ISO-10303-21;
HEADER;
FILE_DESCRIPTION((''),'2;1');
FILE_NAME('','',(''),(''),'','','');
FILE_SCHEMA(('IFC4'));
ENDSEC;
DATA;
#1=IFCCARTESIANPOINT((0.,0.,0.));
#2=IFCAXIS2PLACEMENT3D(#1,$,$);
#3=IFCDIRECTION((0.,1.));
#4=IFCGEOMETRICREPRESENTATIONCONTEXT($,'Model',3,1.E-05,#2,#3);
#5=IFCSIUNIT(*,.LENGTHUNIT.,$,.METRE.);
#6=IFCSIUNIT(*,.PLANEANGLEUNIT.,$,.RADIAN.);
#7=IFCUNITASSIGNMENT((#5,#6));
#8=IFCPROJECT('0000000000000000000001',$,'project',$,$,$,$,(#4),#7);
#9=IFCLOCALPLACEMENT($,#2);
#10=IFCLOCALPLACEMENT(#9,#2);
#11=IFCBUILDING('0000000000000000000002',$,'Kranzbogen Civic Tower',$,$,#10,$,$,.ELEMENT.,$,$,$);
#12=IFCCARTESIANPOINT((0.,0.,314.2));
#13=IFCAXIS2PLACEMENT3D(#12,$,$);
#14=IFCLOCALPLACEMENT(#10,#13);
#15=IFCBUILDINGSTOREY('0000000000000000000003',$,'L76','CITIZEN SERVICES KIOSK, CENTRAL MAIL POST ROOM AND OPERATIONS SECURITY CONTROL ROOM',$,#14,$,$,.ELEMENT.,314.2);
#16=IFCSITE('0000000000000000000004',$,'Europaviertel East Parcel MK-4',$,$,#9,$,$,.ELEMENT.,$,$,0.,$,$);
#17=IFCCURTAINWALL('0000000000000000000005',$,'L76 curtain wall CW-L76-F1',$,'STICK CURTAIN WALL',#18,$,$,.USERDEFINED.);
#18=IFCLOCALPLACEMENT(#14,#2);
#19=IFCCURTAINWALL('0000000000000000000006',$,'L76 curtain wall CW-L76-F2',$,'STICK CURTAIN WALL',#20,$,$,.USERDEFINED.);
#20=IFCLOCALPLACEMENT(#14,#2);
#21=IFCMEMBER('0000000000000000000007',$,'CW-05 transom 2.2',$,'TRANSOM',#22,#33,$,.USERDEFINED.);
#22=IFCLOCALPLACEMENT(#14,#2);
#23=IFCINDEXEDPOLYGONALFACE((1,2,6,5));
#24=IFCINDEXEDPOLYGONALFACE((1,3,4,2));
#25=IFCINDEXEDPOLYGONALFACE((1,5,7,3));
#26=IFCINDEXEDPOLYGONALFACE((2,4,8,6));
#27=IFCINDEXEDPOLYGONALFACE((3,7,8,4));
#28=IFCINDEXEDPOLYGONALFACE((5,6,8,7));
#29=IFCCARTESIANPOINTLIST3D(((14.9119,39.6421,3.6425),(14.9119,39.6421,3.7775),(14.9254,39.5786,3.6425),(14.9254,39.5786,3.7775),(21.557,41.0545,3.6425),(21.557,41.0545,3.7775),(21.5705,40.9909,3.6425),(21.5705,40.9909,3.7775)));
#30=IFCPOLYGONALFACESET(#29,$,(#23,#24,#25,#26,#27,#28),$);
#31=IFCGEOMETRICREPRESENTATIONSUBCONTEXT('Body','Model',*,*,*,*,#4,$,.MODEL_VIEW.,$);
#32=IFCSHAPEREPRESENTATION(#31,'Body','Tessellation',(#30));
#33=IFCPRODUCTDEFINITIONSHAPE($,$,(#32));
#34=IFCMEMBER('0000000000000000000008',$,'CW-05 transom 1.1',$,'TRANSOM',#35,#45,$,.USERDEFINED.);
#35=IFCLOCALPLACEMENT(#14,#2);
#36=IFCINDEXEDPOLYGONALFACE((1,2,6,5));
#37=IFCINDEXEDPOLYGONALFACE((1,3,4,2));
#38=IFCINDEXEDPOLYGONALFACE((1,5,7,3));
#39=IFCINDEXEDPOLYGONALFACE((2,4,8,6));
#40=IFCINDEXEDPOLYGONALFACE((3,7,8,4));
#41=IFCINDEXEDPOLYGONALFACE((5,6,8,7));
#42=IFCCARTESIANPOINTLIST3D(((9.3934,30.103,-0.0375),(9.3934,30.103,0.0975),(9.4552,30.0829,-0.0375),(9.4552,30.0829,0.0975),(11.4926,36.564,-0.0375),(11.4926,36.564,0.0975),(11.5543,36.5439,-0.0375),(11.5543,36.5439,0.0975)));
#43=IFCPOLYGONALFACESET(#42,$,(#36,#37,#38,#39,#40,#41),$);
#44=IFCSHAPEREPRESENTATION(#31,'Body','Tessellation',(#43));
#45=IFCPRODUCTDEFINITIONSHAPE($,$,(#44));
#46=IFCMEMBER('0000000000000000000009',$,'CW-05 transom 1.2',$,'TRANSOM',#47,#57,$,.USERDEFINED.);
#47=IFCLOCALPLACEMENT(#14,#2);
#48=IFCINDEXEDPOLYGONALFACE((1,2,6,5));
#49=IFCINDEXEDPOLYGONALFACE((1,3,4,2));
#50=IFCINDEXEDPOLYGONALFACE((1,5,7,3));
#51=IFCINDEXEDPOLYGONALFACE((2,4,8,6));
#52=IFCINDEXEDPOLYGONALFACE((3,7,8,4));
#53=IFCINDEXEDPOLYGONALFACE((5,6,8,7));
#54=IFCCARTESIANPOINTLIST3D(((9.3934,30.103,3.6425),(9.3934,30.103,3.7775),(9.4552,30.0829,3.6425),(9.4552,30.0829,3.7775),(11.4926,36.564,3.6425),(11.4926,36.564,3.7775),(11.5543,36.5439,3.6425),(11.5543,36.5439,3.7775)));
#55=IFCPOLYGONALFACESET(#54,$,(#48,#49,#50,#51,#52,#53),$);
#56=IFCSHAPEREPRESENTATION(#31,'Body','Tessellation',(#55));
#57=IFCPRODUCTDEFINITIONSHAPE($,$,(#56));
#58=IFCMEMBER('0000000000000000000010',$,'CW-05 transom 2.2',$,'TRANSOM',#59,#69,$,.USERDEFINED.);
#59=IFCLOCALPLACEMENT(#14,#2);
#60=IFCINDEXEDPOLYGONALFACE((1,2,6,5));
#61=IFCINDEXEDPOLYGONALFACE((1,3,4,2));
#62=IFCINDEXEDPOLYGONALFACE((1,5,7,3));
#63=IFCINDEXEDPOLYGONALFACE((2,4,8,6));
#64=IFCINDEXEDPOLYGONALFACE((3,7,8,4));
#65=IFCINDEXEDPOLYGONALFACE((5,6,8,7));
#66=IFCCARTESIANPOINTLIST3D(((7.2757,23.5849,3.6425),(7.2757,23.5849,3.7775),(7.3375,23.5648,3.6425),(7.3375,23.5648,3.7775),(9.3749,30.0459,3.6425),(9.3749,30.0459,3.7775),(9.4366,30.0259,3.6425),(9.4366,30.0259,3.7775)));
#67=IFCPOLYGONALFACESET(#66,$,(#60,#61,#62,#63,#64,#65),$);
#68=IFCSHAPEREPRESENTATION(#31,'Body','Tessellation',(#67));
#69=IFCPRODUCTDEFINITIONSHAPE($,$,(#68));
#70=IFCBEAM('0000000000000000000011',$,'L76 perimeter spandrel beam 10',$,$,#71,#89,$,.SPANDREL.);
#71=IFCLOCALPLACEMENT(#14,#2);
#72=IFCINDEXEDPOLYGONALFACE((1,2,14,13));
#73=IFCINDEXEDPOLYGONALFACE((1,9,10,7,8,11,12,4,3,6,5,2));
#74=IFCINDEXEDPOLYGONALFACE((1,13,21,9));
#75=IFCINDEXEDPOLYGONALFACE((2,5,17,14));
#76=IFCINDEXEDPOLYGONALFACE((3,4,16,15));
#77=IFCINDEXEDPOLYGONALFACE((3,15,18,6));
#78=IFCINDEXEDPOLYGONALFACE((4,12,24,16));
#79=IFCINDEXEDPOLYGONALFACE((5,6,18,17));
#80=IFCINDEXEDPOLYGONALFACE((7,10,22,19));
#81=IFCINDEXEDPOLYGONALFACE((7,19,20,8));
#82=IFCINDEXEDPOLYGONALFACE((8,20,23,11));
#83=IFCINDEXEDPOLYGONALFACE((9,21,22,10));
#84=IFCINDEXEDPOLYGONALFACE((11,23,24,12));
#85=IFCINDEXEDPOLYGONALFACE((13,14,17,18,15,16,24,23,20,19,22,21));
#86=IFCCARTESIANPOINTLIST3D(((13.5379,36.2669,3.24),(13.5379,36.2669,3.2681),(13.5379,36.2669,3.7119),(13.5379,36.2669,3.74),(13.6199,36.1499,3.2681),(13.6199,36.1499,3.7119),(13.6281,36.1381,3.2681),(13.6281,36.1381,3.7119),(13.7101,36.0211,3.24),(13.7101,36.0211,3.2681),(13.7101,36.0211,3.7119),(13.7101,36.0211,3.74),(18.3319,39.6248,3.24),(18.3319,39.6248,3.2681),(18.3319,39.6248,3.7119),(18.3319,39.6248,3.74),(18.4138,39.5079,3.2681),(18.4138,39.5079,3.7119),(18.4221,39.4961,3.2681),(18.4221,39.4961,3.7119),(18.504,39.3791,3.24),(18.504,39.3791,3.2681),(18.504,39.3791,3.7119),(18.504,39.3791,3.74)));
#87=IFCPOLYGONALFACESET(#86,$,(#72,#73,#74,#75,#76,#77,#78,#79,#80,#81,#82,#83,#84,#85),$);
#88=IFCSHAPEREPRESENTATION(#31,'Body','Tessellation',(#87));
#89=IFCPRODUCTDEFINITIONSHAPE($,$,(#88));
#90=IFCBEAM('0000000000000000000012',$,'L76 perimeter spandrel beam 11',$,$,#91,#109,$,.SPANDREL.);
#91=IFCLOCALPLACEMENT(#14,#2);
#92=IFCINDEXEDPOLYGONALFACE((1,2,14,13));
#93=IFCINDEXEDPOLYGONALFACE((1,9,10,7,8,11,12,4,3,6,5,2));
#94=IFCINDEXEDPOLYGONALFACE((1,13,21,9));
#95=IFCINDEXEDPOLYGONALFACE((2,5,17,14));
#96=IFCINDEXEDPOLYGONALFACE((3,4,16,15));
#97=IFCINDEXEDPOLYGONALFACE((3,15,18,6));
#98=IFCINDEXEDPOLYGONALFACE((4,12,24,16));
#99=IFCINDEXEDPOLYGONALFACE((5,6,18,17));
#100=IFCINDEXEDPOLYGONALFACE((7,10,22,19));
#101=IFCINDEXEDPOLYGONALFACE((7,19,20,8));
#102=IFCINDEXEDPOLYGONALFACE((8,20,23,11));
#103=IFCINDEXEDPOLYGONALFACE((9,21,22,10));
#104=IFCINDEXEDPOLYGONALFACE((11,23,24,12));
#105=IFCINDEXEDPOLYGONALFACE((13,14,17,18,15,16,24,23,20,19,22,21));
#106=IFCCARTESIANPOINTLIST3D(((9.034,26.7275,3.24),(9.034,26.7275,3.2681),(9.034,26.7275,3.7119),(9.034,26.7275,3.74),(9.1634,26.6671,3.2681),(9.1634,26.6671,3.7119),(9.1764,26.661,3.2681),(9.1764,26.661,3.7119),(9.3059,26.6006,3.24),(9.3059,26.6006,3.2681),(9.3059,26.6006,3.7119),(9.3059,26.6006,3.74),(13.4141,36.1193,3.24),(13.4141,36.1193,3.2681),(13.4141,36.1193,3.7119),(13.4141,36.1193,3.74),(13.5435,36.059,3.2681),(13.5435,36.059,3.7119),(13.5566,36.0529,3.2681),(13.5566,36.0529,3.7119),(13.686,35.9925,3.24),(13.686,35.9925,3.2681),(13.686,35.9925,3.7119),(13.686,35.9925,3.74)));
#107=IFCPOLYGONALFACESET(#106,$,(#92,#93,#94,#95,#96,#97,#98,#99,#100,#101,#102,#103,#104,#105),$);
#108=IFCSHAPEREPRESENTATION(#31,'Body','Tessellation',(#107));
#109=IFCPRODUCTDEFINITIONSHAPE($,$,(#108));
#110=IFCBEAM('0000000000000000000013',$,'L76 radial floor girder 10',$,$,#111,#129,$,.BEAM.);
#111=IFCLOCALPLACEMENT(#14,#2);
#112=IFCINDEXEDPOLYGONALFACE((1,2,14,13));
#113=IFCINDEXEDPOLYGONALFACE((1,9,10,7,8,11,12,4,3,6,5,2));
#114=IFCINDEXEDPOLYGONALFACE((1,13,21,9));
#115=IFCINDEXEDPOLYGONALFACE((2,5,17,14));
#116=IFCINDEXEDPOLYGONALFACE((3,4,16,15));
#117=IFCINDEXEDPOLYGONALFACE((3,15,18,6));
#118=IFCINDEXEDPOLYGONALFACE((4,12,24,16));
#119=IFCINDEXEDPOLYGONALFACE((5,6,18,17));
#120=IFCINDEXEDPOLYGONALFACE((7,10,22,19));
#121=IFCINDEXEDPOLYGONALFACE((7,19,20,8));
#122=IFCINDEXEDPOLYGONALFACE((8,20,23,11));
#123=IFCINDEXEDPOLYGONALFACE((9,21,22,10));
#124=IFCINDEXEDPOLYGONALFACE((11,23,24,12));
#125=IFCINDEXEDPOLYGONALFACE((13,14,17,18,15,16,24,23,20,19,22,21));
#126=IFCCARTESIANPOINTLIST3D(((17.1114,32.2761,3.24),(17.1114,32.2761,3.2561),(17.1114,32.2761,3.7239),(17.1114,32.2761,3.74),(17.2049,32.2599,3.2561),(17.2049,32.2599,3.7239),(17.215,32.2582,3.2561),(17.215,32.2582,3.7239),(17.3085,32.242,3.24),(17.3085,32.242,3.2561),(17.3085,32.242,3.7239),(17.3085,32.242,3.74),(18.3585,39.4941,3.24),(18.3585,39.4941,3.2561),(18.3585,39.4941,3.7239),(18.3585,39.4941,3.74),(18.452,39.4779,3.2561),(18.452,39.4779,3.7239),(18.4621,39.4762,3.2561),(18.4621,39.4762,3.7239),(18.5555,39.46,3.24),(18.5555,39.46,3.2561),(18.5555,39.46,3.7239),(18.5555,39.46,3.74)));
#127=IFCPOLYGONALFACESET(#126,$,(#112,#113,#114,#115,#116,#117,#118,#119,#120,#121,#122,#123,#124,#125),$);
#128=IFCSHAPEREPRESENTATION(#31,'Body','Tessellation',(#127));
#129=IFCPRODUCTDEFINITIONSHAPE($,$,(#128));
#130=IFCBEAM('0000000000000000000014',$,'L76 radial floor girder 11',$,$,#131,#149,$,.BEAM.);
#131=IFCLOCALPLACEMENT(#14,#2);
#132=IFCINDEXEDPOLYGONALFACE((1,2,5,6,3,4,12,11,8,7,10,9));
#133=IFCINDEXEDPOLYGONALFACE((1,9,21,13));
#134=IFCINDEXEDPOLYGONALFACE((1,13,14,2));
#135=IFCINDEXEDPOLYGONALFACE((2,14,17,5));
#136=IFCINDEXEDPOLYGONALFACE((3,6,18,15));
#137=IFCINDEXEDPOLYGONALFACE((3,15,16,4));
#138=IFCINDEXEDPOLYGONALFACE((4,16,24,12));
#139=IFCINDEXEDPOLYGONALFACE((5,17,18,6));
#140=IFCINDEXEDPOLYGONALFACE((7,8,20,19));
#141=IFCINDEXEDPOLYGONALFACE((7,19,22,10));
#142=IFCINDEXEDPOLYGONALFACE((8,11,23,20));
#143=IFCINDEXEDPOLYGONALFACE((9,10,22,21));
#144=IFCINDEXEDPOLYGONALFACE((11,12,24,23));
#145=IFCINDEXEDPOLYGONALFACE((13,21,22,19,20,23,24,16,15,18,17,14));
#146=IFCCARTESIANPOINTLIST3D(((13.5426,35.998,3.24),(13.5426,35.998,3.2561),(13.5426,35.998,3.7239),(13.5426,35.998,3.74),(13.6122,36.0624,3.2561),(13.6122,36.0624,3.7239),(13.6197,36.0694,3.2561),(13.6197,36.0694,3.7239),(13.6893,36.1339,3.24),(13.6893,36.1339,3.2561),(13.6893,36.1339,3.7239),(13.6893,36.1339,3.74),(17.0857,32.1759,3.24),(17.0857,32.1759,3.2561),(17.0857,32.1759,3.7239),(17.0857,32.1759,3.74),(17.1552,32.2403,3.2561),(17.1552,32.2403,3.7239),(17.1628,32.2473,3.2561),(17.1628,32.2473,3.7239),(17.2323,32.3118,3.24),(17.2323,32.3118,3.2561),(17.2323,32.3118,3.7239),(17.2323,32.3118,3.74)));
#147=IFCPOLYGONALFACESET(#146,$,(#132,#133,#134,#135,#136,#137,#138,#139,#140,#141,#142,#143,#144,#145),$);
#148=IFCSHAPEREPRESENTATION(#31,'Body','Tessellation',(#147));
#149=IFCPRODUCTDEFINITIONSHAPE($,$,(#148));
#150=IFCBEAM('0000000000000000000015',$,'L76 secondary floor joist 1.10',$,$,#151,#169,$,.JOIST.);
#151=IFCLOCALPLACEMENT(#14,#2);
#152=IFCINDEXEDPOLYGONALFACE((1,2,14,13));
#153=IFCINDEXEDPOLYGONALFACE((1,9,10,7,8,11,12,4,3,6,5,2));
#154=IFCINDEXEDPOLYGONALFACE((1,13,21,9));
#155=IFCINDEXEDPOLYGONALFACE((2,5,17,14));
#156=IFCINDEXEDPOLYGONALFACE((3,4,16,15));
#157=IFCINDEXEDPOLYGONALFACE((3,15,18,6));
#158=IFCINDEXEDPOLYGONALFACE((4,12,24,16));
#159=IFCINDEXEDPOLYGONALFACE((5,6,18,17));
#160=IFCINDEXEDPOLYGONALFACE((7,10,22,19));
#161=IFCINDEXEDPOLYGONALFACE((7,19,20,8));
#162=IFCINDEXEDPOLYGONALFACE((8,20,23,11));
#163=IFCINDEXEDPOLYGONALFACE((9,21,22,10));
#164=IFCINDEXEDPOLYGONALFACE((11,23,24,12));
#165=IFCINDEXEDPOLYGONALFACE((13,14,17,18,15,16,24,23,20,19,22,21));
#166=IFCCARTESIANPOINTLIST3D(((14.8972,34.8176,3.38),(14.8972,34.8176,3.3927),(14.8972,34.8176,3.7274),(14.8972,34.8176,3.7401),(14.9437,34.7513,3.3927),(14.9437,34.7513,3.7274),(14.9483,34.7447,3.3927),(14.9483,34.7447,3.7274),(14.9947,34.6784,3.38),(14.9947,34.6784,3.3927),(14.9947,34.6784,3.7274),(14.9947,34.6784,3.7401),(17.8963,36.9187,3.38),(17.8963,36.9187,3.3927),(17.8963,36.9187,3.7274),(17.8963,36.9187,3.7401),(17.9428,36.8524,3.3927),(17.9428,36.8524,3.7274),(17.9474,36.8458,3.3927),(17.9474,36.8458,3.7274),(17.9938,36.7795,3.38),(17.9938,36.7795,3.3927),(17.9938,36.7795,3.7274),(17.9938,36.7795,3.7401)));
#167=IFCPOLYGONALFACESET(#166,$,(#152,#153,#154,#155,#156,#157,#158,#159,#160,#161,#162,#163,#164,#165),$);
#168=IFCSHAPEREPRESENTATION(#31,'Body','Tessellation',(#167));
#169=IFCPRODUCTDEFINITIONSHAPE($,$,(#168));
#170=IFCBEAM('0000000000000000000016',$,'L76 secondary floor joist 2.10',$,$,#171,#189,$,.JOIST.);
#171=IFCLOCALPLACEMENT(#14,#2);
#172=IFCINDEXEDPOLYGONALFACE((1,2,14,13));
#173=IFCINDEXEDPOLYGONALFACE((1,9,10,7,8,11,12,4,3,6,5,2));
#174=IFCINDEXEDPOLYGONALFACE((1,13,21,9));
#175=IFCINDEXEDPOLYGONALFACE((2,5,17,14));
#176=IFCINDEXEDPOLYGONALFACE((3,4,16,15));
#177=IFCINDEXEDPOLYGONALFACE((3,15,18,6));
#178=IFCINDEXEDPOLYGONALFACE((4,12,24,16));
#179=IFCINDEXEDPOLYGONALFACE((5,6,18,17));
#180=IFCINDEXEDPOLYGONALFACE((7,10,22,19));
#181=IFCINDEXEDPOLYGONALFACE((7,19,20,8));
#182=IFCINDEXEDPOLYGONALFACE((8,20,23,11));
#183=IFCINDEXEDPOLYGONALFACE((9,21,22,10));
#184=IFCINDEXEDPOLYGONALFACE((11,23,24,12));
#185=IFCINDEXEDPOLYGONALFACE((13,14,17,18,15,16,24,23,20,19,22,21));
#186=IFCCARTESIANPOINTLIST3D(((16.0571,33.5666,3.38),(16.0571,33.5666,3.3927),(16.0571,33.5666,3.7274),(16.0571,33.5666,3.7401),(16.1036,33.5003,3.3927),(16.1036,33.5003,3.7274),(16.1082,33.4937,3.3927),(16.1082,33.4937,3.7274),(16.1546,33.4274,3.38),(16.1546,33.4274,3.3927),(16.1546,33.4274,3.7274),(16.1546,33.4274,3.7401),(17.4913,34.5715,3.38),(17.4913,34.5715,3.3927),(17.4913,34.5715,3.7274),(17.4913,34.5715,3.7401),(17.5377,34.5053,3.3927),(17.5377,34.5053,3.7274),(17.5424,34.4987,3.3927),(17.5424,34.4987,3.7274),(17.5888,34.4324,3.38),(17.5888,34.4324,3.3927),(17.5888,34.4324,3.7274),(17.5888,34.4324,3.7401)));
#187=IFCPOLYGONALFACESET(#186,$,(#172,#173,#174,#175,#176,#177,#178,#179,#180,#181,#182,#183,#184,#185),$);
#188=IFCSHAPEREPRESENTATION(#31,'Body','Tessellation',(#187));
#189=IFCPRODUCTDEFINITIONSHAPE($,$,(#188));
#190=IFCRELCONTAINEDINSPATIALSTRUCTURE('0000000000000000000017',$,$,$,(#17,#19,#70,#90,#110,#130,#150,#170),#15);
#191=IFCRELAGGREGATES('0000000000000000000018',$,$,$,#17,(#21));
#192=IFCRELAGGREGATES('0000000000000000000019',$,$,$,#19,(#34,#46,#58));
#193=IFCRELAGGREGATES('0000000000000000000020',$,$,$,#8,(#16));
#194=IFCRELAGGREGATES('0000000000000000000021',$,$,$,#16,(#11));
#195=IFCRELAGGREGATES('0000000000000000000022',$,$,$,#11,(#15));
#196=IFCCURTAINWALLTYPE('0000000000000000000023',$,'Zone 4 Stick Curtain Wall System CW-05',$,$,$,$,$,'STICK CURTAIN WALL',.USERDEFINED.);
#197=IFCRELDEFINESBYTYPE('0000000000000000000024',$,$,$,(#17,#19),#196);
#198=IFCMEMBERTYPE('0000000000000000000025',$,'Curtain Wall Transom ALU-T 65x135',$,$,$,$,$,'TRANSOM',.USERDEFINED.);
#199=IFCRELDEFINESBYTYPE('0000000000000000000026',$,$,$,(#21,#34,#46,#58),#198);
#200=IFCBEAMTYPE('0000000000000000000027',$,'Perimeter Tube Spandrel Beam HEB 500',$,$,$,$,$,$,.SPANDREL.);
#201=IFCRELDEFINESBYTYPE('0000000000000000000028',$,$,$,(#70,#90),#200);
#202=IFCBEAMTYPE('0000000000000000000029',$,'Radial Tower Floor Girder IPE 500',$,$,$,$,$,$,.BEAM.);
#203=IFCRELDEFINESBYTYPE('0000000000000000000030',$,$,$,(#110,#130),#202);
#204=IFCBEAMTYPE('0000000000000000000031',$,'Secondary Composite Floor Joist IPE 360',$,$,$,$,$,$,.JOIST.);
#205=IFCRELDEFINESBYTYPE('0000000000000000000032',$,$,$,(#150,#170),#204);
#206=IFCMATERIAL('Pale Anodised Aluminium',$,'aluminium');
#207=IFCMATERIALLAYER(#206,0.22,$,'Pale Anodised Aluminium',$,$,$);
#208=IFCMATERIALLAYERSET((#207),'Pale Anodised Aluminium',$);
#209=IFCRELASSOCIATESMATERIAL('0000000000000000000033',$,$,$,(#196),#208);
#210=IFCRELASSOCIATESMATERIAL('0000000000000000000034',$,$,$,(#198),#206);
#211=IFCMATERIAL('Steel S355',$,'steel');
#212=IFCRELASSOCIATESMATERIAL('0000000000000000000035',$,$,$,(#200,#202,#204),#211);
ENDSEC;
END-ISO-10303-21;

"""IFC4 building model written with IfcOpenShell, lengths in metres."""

from ifc_helpers import new_model, si_unit, direction, frame, origin, origin_2d, place, context, subcontext, project, spatial, rectangle, i_section, extrude, material, layer, layer_set, material_profile, profile_set, type_object, element, aggregate, save


model = new_model("IFC4")

# Units and contexts
model_context = context("Model", 3, precision=1e-05, world=origin(), true_north=direction((0.0, 1.0)))
body_context = subcontext(model_context, "Body", "Model", "MODEL_VIEW")
ifc_project = project(units=[si_unit("LENGTHUNIT", "METRE"), si_unit("PLANEANGLEUNIT", "RADIAN")], contexts=[model_context])

# Site, building, storey
site_placement = place(None, origin())
site = spatial("IfcSite", under=ifc_project, at=site_placement, Name="Europaviertel East Parcel MK-4", CompositionType="ELEMENT", RefElevation=0.0)
building_placement = place(site_placement, origin())
building = spatial("IfcBuilding", under=site, at=building_placement, Name="Kranzbogen Civic Tower", CompositionType="ELEMENT")
storey_placement = place(building_placement, frame((0.0, 0.0, 314.2)))
storey = spatial("IfcBuildingStorey", under=building, at=storey_placement, Name="L76", Description="CITIZEN SERVICES KIOSK, CENTRAL MAIL POST ROOM AND OPERATIONS SECURITY CONTROL ROOM", CompositionType="ELEMENT", Elevation=314.2)

# Shared definitions
ifc_material_1 = material(Name="Steel S355", Category="steel")

# Curtain walls
ifc_material_2 = material(Name="Pale Anodised Aluminium", Category="aluminium")
ifc_layer_1 = layer(ifc_material_2, 0.22, Name="Pale Anodised Aluminium")
ifc_layer_set_1 = layer_set([ifc_layer_1], Name="Pale Anodised Aluminium")
curtain_wall_type_1 = type_object("IfcCurtainWallType", Name="Zone 4 Stick Curtain Wall System CW-05", ElementType="STICK CURTAIN WALL", PredefinedType="USERDEFINED", material=ifc_layer_set_1)
curtain_wall_1_placement = place(storey_placement, origin())
curtain_wall_1 = element("IfcCurtainWall", 1, at=curtain_wall_1_placement, inside=storey, type_object=curtain_wall_type_1, Name="L76 curtain wall CW-L76-F1", ObjectType="STICK CURTAIN WALL", PredefinedType="USERDEFINED")
curtain_wall_2_placement = place(storey_placement, origin())
curtain_wall_2 = element("IfcCurtainWall", 2, at=curtain_wall_2_placement, inside=storey, type_object=curtain_wall_type_1, Name="L76 curtain wall CW-L76-F2", ObjectType="STICK CURTAIN WALL", PredefinedType="USERDEFINED")

# Members
ifc_material_profile_1 = material_profile(ifc_material_2, rectangle(XDim=0.0649, YDim=0.135, at=origin_2d()), Name="ALU-T 65x135")
ifc_profile_set_1 = profile_set([ifc_material_profile_1], Name="Pale Anodised Aluminium")
member_type_1 = type_object("IfcMemberType", Name="Curtain Wall Transom ALU-T 65x135", ElementType="TRANSOM", PredefinedType="USERDEFINED", material=ifc_profile_set_1)
member_1_placement = place(storey_placement, frame((21.5637, 41.0227, 3.71), z_axis=(-0.97815, -0.207899, 0.0), x_axis=(0.207899, -0.97815, 0.0)))
member_1 = element("IfcMember", 3, at=member_1_placement, type_object=member_type_1, Name="CW-05 transom 2.2", ObjectType="TRANSOM", PredefinedType="USERDEFINED", context=body_context, shape_type="SweptSolid", body=[
    extrude(rectangle(XDim=0.0649, YDim=0.135, at=origin_2d()), origin(), (0.0, 0.0, 1.0), 6.7935),
])
member_2_placement = place(storey_placement, frame((11.5234, 36.554, 0.03), z_axis=(-0.308995, -0.951064, 0.0), x_axis=(0.951064, -0.308995, 0.0)))
member_2 = element("IfcMember", 4, at=member_2_placement, type_object=member_type_1, Name="CW-05 transom 1.1", ObjectType="TRANSOM", PredefinedType="USERDEFINED", context=body_context, shape_type="SweptSolid", body=[
    extrude(rectangle(XDim=0.0649, YDim=0.135, at=origin_2d()), origin(), (0.0, 0.0, 1.0), 6.7935),
])
member_3_placement = place(storey_placement, frame((11.5234, 36.554, 3.71), z_axis=(-0.308995, -0.951064, 0.0), x_axis=(0.951064, -0.308995, 0.0)))
member_3 = element("IfcMember", 5, at=member_3_placement, type_object=member_type_1, Name="CW-05 transom 1.2", ObjectType="TRANSOM", PredefinedType="USERDEFINED", context=body_context, shape_type="SweptSolid", body=[
    extrude(rectangle(XDim=0.0649, YDim=0.135, at=origin_2d()), origin(), (0.0, 0.0, 1.0), 6.7935),
])
member_4_placement = place(storey_placement, frame((9.4058, 30.0359, 3.71), z_axis=(-0.308995, -0.951064, 0.0), x_axis=(0.951064, -0.308995, 0.0)))
member_4 = element("IfcMember", 6, at=member_4_placement, type_object=member_type_1, Name="CW-05 transom 2.2", ObjectType="TRANSOM", PredefinedType="USERDEFINED", context=body_context, shape_type="SweptSolid", body=[
    extrude(rectangle(XDim=0.0649, YDim=0.135, at=origin_2d()), origin(), (0.0, 0.0, 1.0), 6.7935),
])

# Beams
ifc_material_profile_2 = material_profile(ifc_material_1, i_section(OverallWidth=0.3, OverallDepth=0.5, WebThickness=0.0144, FlangeThickness=0.0281, at=origin_2d()), Name="HEB 500")
ifc_profile_set_2 = profile_set([ifc_material_profile_2], Name="Steel S355")
beam_type_1 = type_object("IfcBeamType", Name="Perimeter Tube Spandrel Beam HEB 500", PredefinedType="SPANDREL", material=ifc_profile_set_2)
beam_1_placement = place(storey_placement, frame((18.418, 39.502, 3.49), z_axis=(-0.819059, -0.573709, 0.0), x_axis=(0.573709, -0.819059, 0.0)))
element("IfcBeam", 7, at=beam_1_placement, inside=storey, type_object=beam_type_1, Name="L76 perimeter spandrel beam 10", PredefinedType="SPANDREL", context=body_context, shape_type="SweptSolid", body=[
    extrude(i_section(OverallWidth=0.3, OverallDepth=0.5, WebThickness=0.0144, FlangeThickness=0.0281, at=origin_2d()), origin(), (0.0, 0.0, 1.0), 5.853),
])
beam_2_placement = place(storey_placement, frame((13.55, 36.0559, 3.49), z_axis=(-0.422669, -0.906284, 0.0), x_axis=(0.906284, -0.422669, 0.0)))
element("IfcBeam", 8, at=beam_2_placement, inside=storey, type_object=beam_type_1, Name="L76 perimeter spandrel beam 11", PredefinedType="SPANDREL", context=body_context, shape_type="SweptSolid", body=[
    extrude(i_section(OverallWidth=0.3, OverallDepth=0.5, WebThickness=0.0144, FlangeThickness=0.0281, at=origin_2d()), origin(), (0.0, 0.0, 1.0), 10.363),
])
ifc_material_profile_3 = material_profile(ifc_material_1, i_section(OverallWidth=0.2, OverallDepth=0.5, WebThickness=0.0103, FlangeThickness=0.0161, at=origin_2d()), Name="IPE 500")
ifc_profile_set_3 = profile_set([ifc_material_profile_3], Name="Steel S355")
beam_type_2 = type_object("IfcBeamType", Name="Radial Tower Floor Girder IPE 500", PredefinedType="BEAM", material=ifc_profile_set_3)
beam_3_placement = place(storey_placement, frame((18.457, 39.4771, 3.49), z_axis=(-0.17025, -0.985401, 0.0), x_axis=(0.985401, -0.17025, 0.0)))
element("IfcBeam", 9, at=beam_3_placement, inside=storey, type_object=beam_type_2, Name="L76 radial floor girder 10", PredefinedType="BEAM", context=body_context, shape_type="SweptSolid", body=[
    extrude(i_section(OverallWidth=0.2, OverallDepth=0.5, WebThickness=0.0103, FlangeThickness=0.0161, at=origin_2d()), origin(), (0.0, 0.0, 1.0), 7.325),
])
beam_4_placement = place(storey_placement, frame((13.616, 36.0659, 3.49), z_axis=(0.679827, -0.733372, 0.0), x_axis=(0.733372, 0.679827, 0.0)))
element("IfcBeam", 10, at=beam_4_placement, inside=storey, type_object=beam_type_2, Name="L76 radial floor girder 11", PredefinedType="BEAM", context=body_context, shape_type="SweptSolid", body=[
    extrude(i_section(OverallWidth=0.2, OverallDepth=0.5, WebThickness=0.0103, FlangeThickness=0.0161, at=origin_2d()), origin(), (0.0, 0.0, 1.0), 5.2117),
])
ifc_material_profile_4 = material_profile(ifc_material_1, i_section(OverallWidth=0.1699, OverallDepth=0.3601, WebThickness=0.0081, FlangeThickness=0.0127, at=origin_2d()), Name="IPE 360")
ifc_profile_set_4 = profile_set([ifc_material_profile_4], Name="Steel S355")
beam_type_3 = type_object("IfcBeamType", Name="Secondary Composite Floor Joist IPE 360", PredefinedType="JOIST", material=ifc_profile_set_4)
beam_5_placement = place(storey_placement, frame((17.9451, 36.8491, 3.5601), z_axis=(-0.819006, -0.573784, 0.0), x_axis=(0.573784, -0.819006, 0.0)))
element("IfcBeam", 11, at=beam_5_placement, inside=storey, type_object=beam_type_3, Name="L76 secondary floor joist 1.10", PredefinedType="JOIST", context=body_context, shape_type="SweptSolid", body=[
    extrude(i_section(OverallWidth=0.1699, OverallDepth=0.3601, WebThickness=0.0081, FlangeThickness=0.0127, at=origin_2d()), origin(), (0.0, 0.0, 1.0), 3.6619),
])
beam_6_placement = place(storey_placement, frame((17.54, 34.502, 3.5601), z_axis=(-0.818957, -0.573855, 0.0), x_axis=(0.573855, -0.818957, 0.0)))
element("IfcBeam", 12, at=beam_6_placement, inside=storey, type_object=beam_type_3, Name="L76 secondary floor joist 2.10", PredefinedType="JOIST", context=body_context, shape_type="SweptSolid", body=[
    extrude(i_section(OverallWidth=0.1699, OverallDepth=0.3601, WebThickness=0.0081, FlangeThickness=0.0127, at=origin_2d()), origin(), (0.0, 0.0, 1.0), 1.7512),
])

aggregate(curtain_wall_1, [member_1])
aggregate(curtain_wall_2, [member_2, member_3, member_4])

save(model, "model.ifc")
